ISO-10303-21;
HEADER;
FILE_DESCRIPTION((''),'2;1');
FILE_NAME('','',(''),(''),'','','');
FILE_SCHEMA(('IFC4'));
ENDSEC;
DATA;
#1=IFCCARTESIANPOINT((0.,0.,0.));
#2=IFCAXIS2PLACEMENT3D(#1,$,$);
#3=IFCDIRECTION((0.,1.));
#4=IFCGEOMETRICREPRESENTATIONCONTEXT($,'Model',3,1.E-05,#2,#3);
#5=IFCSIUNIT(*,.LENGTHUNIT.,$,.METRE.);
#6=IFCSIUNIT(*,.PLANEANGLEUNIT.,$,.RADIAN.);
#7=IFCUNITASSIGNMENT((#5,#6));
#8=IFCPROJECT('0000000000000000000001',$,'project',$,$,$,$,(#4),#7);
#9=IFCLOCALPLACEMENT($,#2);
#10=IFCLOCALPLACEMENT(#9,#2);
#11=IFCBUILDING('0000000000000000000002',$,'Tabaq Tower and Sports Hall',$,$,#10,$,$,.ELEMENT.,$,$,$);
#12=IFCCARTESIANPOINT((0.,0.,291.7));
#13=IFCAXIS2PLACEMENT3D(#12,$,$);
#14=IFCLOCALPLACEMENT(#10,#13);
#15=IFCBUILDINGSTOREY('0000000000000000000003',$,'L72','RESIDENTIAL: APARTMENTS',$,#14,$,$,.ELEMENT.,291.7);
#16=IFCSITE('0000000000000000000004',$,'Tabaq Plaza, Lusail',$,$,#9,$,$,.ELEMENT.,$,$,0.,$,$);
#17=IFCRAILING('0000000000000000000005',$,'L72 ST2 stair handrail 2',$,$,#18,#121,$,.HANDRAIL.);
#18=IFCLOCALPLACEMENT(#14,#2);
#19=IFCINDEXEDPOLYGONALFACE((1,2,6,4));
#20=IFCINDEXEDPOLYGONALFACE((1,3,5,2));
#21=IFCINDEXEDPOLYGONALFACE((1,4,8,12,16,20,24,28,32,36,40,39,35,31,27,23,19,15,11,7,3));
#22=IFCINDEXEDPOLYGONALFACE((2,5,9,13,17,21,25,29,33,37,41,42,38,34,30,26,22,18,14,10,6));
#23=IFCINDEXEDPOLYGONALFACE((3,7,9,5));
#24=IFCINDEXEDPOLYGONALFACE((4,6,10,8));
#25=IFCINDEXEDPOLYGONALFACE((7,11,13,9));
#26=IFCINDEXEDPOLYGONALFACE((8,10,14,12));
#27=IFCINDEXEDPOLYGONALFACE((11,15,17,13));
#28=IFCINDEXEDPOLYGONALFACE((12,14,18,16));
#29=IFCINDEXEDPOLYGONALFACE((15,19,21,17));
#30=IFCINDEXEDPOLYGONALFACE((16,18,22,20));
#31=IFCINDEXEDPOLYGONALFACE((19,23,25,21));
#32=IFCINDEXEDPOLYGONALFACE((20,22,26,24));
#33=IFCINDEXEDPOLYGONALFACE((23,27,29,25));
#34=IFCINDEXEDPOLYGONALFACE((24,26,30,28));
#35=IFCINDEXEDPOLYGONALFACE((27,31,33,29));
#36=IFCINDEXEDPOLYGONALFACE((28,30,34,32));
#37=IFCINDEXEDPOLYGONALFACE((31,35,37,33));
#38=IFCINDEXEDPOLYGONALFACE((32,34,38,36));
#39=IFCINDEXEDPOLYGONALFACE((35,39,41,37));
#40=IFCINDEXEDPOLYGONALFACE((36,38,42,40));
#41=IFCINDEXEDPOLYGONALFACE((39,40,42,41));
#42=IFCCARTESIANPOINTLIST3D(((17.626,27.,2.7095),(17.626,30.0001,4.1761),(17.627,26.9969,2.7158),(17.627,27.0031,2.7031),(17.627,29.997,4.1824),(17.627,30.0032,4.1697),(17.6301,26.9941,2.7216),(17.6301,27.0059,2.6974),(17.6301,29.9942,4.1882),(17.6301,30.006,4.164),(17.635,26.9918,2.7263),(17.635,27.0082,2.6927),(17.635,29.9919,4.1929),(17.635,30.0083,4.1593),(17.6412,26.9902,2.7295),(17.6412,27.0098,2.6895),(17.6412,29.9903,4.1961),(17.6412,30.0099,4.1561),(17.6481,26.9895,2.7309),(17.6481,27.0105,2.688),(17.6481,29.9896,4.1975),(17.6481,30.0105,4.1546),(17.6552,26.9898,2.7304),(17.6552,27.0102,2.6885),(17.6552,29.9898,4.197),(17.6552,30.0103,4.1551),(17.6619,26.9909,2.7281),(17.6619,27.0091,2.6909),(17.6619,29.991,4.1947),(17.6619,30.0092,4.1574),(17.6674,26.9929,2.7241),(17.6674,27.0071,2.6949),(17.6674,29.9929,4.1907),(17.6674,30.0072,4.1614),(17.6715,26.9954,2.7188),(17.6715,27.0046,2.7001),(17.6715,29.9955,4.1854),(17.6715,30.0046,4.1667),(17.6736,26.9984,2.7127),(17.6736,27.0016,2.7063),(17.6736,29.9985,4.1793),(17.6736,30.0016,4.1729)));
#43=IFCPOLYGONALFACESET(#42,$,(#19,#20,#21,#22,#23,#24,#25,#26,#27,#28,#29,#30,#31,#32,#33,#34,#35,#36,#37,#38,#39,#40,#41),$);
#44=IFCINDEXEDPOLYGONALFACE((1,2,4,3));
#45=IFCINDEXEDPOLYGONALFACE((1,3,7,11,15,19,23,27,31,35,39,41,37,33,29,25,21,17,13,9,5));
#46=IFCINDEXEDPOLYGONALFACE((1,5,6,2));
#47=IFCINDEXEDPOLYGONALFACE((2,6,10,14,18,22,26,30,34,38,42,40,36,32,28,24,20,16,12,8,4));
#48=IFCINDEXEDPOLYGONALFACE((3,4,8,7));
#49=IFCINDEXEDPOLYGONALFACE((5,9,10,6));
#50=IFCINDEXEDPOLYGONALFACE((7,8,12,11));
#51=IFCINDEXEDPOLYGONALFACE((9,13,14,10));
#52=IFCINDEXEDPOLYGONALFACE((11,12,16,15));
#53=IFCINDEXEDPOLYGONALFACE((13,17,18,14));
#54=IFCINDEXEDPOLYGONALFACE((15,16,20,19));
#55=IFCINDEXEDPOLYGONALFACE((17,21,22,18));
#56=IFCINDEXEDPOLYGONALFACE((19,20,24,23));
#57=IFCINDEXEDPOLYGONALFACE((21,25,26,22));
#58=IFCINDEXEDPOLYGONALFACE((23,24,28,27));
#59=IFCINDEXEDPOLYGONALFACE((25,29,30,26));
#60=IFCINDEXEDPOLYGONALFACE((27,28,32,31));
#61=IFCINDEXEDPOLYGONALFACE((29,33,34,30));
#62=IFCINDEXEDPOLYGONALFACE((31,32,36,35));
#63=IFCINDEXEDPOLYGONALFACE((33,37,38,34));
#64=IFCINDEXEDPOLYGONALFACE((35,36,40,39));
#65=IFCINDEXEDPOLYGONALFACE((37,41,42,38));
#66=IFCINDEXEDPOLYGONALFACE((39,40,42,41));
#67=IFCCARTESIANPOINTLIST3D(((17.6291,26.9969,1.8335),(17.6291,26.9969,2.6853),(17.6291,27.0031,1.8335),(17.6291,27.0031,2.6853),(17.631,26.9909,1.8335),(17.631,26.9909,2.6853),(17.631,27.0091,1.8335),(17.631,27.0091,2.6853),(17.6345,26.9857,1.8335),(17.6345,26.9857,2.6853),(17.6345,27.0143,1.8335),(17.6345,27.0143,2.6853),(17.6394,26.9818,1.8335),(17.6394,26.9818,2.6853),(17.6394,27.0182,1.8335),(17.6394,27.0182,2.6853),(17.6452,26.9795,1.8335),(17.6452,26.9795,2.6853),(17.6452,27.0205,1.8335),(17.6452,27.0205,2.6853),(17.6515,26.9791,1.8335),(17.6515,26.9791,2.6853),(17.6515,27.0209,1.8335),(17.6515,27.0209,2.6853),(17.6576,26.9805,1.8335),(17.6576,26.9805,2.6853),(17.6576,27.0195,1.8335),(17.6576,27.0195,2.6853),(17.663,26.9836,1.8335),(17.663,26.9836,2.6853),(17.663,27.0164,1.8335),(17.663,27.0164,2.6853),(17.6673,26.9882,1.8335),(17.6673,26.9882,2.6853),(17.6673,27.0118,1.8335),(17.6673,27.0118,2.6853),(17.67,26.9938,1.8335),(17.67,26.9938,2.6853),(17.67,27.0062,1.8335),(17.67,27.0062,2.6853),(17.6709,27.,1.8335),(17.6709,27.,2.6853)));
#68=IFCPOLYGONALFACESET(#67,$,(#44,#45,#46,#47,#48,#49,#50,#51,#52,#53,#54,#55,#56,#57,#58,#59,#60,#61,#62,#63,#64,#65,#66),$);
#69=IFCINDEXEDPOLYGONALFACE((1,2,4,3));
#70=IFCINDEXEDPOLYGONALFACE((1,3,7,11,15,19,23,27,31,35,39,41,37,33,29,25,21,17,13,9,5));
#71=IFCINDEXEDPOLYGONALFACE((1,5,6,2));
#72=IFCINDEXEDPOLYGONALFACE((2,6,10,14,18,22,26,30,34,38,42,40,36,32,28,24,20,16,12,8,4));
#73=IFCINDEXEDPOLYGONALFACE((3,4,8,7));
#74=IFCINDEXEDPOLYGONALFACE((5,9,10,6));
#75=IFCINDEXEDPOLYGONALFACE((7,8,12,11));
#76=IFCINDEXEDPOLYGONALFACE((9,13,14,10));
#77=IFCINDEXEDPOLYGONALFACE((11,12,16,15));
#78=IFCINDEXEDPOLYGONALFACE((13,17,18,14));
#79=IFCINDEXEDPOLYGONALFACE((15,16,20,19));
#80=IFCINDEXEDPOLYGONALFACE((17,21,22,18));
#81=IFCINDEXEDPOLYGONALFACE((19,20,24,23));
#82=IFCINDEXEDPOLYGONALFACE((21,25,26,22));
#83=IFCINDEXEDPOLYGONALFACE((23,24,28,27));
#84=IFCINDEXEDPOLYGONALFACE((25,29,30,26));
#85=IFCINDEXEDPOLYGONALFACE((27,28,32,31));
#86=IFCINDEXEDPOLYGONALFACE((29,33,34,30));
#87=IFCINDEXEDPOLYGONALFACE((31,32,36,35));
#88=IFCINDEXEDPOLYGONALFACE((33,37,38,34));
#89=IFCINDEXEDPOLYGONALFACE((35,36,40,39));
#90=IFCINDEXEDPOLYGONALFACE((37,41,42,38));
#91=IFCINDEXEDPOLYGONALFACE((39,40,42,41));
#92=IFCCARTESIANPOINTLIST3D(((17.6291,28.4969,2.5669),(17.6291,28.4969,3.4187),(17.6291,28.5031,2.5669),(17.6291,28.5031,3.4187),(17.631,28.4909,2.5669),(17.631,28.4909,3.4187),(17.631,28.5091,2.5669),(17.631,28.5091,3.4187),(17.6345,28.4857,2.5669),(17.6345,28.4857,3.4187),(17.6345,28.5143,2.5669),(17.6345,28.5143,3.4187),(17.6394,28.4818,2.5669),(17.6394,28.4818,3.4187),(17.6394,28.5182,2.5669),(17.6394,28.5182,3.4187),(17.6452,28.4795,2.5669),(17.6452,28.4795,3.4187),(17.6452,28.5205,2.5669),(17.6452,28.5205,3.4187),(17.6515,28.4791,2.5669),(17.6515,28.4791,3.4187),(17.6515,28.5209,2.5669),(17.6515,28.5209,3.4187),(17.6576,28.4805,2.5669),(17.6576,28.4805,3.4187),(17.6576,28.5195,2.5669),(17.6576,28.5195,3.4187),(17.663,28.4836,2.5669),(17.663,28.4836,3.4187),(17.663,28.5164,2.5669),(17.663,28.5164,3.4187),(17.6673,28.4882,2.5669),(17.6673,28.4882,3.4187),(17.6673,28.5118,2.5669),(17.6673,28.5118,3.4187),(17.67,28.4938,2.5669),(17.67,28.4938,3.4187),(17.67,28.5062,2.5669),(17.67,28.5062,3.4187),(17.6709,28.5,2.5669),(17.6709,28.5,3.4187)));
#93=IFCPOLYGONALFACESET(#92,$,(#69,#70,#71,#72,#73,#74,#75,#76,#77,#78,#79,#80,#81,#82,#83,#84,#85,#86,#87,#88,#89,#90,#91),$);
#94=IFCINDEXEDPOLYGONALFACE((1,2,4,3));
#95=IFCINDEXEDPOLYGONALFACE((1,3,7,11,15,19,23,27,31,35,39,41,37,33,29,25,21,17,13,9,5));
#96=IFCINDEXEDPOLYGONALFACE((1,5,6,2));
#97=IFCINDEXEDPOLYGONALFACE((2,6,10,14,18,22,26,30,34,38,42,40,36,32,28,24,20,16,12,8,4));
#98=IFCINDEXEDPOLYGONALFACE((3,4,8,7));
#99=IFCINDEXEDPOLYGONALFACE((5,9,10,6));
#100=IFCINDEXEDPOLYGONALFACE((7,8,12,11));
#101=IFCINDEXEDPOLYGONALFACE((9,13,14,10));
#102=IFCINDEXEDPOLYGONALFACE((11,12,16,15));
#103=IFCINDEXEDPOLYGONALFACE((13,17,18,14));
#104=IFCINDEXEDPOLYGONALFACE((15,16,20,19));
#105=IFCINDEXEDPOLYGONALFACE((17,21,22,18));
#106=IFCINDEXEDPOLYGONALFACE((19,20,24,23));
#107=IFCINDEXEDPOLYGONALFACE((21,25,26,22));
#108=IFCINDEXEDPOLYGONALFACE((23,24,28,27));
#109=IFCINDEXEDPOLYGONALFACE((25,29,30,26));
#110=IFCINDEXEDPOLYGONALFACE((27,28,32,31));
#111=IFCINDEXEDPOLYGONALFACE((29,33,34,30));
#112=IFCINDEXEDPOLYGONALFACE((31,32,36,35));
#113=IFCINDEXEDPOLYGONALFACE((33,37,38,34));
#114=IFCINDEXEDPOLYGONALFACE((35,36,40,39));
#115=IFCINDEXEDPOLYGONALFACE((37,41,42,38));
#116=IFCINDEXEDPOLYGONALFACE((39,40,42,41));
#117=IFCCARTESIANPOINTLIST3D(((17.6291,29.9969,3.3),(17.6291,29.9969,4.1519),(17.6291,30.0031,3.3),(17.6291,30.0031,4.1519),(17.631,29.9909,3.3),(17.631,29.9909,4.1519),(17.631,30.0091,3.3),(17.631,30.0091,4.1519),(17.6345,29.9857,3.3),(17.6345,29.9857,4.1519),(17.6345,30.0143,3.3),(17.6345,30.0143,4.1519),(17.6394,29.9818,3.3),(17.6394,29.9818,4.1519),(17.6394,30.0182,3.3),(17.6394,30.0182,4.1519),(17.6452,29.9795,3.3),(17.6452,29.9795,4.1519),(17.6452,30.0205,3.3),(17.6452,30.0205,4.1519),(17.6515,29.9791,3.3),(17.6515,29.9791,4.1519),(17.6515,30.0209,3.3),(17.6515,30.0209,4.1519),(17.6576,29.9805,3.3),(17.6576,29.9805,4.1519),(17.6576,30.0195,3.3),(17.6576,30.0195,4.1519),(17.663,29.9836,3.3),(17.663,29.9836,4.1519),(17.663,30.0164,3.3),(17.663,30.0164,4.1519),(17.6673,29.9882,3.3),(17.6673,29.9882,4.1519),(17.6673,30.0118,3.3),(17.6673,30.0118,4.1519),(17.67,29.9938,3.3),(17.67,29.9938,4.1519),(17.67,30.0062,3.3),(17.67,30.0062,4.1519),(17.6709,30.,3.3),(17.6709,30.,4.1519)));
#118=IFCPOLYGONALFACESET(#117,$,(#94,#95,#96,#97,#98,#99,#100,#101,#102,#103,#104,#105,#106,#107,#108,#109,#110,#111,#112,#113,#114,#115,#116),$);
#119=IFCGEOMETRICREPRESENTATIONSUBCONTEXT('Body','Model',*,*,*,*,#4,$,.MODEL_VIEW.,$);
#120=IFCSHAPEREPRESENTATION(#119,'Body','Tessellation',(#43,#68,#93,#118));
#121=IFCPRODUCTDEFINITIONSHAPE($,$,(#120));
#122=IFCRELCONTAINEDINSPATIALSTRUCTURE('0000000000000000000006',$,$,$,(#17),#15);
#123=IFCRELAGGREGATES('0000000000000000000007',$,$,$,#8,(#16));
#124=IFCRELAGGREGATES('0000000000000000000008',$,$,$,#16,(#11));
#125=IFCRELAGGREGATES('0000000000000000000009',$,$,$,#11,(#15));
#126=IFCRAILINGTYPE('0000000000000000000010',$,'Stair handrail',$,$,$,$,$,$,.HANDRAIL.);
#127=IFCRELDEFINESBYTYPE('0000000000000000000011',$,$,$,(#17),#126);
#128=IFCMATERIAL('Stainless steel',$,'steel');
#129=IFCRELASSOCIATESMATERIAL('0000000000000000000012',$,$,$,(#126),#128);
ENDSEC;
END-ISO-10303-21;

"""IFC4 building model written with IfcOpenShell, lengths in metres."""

from ifc_helpers import new_model, si_unit, direction, frame, origin, origin_2d, place, context, subcontext, project, spatial, circle, extrude, material, type_object, element, save


model = new_model("IFC4")

# Units and contexts
model_context = context("Model", 3, precision=1e-05, world=origin(), true_north=direction((0.0, 1.0)))
body_context = subcontext(model_context, "Body", "Model", "MODEL_VIEW")
ifc_project = project(units=[si_unit("LENGTHUNIT", "METRE"), si_unit("PLANEANGLEUNIT", "RADIAN")], contexts=[model_context])

# Site, building, storey
site_placement = place(None, origin())
site = spatial("IfcSite", under=ifc_project, at=site_placement, Name="Tabaq Plaza, Lusail", CompositionType="ELEMENT", RefElevation=0.0)
building_placement = place(site_placement, origin())
building = spatial("IfcBuilding", under=site, at=building_placement, Name="Tabaq Tower and Sports Hall", CompositionType="ELEMENT")
storey_placement = place(building_placement, frame((0.0, 0.0, 291.7)))
storey = spatial("IfcBuildingStorey", under=building, at=storey_placement, Name="L72", Description="RESIDENTIAL: APARTMENTS", CompositionType="ELEMENT", Elevation=291.7)

# Railing
ifc_material_1 = material(Name="Stainless steel", Category="steel")
railing_type_1 = type_object("IfcRailingType", Name="Stair handrail", PredefinedType="HANDRAIL", material=ifc_material_1)
railing_1_placement = place(storey_placement, frame((17.6499, 27.0, 1.8335)))
element("IfcRailing", 1, at=railing_1_placement, inside=storey, type_object=railing_type_1, Name="L72 ST2 stair handrail 2", PredefinedType="HANDRAIL", context=body_context, shape_type="SweptSolid", body=[
    extrude(circle(Radius=0.0239, at=origin_2d()), frame((0.0, 0.0, 0.876), z_axis=(0.0, 0.898398, 0.439183), x_axis=(-1.0, 0.0, 0.0)), (0.0, 0.0, 1.0), 3.3394),
    extrude(circle(Radius=0.021, at=origin_2d()), origin(), (0.0, 0.0, 1.0), 0.8518),
    extrude(circle(Radius=0.021, at=origin_2d()), frame((0.0, 1.5, 0.7334)), (0.0, 0.0, 1.0), 0.8518),
    extrude(circle(Radius=0.021, at=origin_2d()), frame((0.0, 3.0, 1.4666)), (0.0, 0.0, 1.0), 0.8518),
])

save(model, "model.ifc")
